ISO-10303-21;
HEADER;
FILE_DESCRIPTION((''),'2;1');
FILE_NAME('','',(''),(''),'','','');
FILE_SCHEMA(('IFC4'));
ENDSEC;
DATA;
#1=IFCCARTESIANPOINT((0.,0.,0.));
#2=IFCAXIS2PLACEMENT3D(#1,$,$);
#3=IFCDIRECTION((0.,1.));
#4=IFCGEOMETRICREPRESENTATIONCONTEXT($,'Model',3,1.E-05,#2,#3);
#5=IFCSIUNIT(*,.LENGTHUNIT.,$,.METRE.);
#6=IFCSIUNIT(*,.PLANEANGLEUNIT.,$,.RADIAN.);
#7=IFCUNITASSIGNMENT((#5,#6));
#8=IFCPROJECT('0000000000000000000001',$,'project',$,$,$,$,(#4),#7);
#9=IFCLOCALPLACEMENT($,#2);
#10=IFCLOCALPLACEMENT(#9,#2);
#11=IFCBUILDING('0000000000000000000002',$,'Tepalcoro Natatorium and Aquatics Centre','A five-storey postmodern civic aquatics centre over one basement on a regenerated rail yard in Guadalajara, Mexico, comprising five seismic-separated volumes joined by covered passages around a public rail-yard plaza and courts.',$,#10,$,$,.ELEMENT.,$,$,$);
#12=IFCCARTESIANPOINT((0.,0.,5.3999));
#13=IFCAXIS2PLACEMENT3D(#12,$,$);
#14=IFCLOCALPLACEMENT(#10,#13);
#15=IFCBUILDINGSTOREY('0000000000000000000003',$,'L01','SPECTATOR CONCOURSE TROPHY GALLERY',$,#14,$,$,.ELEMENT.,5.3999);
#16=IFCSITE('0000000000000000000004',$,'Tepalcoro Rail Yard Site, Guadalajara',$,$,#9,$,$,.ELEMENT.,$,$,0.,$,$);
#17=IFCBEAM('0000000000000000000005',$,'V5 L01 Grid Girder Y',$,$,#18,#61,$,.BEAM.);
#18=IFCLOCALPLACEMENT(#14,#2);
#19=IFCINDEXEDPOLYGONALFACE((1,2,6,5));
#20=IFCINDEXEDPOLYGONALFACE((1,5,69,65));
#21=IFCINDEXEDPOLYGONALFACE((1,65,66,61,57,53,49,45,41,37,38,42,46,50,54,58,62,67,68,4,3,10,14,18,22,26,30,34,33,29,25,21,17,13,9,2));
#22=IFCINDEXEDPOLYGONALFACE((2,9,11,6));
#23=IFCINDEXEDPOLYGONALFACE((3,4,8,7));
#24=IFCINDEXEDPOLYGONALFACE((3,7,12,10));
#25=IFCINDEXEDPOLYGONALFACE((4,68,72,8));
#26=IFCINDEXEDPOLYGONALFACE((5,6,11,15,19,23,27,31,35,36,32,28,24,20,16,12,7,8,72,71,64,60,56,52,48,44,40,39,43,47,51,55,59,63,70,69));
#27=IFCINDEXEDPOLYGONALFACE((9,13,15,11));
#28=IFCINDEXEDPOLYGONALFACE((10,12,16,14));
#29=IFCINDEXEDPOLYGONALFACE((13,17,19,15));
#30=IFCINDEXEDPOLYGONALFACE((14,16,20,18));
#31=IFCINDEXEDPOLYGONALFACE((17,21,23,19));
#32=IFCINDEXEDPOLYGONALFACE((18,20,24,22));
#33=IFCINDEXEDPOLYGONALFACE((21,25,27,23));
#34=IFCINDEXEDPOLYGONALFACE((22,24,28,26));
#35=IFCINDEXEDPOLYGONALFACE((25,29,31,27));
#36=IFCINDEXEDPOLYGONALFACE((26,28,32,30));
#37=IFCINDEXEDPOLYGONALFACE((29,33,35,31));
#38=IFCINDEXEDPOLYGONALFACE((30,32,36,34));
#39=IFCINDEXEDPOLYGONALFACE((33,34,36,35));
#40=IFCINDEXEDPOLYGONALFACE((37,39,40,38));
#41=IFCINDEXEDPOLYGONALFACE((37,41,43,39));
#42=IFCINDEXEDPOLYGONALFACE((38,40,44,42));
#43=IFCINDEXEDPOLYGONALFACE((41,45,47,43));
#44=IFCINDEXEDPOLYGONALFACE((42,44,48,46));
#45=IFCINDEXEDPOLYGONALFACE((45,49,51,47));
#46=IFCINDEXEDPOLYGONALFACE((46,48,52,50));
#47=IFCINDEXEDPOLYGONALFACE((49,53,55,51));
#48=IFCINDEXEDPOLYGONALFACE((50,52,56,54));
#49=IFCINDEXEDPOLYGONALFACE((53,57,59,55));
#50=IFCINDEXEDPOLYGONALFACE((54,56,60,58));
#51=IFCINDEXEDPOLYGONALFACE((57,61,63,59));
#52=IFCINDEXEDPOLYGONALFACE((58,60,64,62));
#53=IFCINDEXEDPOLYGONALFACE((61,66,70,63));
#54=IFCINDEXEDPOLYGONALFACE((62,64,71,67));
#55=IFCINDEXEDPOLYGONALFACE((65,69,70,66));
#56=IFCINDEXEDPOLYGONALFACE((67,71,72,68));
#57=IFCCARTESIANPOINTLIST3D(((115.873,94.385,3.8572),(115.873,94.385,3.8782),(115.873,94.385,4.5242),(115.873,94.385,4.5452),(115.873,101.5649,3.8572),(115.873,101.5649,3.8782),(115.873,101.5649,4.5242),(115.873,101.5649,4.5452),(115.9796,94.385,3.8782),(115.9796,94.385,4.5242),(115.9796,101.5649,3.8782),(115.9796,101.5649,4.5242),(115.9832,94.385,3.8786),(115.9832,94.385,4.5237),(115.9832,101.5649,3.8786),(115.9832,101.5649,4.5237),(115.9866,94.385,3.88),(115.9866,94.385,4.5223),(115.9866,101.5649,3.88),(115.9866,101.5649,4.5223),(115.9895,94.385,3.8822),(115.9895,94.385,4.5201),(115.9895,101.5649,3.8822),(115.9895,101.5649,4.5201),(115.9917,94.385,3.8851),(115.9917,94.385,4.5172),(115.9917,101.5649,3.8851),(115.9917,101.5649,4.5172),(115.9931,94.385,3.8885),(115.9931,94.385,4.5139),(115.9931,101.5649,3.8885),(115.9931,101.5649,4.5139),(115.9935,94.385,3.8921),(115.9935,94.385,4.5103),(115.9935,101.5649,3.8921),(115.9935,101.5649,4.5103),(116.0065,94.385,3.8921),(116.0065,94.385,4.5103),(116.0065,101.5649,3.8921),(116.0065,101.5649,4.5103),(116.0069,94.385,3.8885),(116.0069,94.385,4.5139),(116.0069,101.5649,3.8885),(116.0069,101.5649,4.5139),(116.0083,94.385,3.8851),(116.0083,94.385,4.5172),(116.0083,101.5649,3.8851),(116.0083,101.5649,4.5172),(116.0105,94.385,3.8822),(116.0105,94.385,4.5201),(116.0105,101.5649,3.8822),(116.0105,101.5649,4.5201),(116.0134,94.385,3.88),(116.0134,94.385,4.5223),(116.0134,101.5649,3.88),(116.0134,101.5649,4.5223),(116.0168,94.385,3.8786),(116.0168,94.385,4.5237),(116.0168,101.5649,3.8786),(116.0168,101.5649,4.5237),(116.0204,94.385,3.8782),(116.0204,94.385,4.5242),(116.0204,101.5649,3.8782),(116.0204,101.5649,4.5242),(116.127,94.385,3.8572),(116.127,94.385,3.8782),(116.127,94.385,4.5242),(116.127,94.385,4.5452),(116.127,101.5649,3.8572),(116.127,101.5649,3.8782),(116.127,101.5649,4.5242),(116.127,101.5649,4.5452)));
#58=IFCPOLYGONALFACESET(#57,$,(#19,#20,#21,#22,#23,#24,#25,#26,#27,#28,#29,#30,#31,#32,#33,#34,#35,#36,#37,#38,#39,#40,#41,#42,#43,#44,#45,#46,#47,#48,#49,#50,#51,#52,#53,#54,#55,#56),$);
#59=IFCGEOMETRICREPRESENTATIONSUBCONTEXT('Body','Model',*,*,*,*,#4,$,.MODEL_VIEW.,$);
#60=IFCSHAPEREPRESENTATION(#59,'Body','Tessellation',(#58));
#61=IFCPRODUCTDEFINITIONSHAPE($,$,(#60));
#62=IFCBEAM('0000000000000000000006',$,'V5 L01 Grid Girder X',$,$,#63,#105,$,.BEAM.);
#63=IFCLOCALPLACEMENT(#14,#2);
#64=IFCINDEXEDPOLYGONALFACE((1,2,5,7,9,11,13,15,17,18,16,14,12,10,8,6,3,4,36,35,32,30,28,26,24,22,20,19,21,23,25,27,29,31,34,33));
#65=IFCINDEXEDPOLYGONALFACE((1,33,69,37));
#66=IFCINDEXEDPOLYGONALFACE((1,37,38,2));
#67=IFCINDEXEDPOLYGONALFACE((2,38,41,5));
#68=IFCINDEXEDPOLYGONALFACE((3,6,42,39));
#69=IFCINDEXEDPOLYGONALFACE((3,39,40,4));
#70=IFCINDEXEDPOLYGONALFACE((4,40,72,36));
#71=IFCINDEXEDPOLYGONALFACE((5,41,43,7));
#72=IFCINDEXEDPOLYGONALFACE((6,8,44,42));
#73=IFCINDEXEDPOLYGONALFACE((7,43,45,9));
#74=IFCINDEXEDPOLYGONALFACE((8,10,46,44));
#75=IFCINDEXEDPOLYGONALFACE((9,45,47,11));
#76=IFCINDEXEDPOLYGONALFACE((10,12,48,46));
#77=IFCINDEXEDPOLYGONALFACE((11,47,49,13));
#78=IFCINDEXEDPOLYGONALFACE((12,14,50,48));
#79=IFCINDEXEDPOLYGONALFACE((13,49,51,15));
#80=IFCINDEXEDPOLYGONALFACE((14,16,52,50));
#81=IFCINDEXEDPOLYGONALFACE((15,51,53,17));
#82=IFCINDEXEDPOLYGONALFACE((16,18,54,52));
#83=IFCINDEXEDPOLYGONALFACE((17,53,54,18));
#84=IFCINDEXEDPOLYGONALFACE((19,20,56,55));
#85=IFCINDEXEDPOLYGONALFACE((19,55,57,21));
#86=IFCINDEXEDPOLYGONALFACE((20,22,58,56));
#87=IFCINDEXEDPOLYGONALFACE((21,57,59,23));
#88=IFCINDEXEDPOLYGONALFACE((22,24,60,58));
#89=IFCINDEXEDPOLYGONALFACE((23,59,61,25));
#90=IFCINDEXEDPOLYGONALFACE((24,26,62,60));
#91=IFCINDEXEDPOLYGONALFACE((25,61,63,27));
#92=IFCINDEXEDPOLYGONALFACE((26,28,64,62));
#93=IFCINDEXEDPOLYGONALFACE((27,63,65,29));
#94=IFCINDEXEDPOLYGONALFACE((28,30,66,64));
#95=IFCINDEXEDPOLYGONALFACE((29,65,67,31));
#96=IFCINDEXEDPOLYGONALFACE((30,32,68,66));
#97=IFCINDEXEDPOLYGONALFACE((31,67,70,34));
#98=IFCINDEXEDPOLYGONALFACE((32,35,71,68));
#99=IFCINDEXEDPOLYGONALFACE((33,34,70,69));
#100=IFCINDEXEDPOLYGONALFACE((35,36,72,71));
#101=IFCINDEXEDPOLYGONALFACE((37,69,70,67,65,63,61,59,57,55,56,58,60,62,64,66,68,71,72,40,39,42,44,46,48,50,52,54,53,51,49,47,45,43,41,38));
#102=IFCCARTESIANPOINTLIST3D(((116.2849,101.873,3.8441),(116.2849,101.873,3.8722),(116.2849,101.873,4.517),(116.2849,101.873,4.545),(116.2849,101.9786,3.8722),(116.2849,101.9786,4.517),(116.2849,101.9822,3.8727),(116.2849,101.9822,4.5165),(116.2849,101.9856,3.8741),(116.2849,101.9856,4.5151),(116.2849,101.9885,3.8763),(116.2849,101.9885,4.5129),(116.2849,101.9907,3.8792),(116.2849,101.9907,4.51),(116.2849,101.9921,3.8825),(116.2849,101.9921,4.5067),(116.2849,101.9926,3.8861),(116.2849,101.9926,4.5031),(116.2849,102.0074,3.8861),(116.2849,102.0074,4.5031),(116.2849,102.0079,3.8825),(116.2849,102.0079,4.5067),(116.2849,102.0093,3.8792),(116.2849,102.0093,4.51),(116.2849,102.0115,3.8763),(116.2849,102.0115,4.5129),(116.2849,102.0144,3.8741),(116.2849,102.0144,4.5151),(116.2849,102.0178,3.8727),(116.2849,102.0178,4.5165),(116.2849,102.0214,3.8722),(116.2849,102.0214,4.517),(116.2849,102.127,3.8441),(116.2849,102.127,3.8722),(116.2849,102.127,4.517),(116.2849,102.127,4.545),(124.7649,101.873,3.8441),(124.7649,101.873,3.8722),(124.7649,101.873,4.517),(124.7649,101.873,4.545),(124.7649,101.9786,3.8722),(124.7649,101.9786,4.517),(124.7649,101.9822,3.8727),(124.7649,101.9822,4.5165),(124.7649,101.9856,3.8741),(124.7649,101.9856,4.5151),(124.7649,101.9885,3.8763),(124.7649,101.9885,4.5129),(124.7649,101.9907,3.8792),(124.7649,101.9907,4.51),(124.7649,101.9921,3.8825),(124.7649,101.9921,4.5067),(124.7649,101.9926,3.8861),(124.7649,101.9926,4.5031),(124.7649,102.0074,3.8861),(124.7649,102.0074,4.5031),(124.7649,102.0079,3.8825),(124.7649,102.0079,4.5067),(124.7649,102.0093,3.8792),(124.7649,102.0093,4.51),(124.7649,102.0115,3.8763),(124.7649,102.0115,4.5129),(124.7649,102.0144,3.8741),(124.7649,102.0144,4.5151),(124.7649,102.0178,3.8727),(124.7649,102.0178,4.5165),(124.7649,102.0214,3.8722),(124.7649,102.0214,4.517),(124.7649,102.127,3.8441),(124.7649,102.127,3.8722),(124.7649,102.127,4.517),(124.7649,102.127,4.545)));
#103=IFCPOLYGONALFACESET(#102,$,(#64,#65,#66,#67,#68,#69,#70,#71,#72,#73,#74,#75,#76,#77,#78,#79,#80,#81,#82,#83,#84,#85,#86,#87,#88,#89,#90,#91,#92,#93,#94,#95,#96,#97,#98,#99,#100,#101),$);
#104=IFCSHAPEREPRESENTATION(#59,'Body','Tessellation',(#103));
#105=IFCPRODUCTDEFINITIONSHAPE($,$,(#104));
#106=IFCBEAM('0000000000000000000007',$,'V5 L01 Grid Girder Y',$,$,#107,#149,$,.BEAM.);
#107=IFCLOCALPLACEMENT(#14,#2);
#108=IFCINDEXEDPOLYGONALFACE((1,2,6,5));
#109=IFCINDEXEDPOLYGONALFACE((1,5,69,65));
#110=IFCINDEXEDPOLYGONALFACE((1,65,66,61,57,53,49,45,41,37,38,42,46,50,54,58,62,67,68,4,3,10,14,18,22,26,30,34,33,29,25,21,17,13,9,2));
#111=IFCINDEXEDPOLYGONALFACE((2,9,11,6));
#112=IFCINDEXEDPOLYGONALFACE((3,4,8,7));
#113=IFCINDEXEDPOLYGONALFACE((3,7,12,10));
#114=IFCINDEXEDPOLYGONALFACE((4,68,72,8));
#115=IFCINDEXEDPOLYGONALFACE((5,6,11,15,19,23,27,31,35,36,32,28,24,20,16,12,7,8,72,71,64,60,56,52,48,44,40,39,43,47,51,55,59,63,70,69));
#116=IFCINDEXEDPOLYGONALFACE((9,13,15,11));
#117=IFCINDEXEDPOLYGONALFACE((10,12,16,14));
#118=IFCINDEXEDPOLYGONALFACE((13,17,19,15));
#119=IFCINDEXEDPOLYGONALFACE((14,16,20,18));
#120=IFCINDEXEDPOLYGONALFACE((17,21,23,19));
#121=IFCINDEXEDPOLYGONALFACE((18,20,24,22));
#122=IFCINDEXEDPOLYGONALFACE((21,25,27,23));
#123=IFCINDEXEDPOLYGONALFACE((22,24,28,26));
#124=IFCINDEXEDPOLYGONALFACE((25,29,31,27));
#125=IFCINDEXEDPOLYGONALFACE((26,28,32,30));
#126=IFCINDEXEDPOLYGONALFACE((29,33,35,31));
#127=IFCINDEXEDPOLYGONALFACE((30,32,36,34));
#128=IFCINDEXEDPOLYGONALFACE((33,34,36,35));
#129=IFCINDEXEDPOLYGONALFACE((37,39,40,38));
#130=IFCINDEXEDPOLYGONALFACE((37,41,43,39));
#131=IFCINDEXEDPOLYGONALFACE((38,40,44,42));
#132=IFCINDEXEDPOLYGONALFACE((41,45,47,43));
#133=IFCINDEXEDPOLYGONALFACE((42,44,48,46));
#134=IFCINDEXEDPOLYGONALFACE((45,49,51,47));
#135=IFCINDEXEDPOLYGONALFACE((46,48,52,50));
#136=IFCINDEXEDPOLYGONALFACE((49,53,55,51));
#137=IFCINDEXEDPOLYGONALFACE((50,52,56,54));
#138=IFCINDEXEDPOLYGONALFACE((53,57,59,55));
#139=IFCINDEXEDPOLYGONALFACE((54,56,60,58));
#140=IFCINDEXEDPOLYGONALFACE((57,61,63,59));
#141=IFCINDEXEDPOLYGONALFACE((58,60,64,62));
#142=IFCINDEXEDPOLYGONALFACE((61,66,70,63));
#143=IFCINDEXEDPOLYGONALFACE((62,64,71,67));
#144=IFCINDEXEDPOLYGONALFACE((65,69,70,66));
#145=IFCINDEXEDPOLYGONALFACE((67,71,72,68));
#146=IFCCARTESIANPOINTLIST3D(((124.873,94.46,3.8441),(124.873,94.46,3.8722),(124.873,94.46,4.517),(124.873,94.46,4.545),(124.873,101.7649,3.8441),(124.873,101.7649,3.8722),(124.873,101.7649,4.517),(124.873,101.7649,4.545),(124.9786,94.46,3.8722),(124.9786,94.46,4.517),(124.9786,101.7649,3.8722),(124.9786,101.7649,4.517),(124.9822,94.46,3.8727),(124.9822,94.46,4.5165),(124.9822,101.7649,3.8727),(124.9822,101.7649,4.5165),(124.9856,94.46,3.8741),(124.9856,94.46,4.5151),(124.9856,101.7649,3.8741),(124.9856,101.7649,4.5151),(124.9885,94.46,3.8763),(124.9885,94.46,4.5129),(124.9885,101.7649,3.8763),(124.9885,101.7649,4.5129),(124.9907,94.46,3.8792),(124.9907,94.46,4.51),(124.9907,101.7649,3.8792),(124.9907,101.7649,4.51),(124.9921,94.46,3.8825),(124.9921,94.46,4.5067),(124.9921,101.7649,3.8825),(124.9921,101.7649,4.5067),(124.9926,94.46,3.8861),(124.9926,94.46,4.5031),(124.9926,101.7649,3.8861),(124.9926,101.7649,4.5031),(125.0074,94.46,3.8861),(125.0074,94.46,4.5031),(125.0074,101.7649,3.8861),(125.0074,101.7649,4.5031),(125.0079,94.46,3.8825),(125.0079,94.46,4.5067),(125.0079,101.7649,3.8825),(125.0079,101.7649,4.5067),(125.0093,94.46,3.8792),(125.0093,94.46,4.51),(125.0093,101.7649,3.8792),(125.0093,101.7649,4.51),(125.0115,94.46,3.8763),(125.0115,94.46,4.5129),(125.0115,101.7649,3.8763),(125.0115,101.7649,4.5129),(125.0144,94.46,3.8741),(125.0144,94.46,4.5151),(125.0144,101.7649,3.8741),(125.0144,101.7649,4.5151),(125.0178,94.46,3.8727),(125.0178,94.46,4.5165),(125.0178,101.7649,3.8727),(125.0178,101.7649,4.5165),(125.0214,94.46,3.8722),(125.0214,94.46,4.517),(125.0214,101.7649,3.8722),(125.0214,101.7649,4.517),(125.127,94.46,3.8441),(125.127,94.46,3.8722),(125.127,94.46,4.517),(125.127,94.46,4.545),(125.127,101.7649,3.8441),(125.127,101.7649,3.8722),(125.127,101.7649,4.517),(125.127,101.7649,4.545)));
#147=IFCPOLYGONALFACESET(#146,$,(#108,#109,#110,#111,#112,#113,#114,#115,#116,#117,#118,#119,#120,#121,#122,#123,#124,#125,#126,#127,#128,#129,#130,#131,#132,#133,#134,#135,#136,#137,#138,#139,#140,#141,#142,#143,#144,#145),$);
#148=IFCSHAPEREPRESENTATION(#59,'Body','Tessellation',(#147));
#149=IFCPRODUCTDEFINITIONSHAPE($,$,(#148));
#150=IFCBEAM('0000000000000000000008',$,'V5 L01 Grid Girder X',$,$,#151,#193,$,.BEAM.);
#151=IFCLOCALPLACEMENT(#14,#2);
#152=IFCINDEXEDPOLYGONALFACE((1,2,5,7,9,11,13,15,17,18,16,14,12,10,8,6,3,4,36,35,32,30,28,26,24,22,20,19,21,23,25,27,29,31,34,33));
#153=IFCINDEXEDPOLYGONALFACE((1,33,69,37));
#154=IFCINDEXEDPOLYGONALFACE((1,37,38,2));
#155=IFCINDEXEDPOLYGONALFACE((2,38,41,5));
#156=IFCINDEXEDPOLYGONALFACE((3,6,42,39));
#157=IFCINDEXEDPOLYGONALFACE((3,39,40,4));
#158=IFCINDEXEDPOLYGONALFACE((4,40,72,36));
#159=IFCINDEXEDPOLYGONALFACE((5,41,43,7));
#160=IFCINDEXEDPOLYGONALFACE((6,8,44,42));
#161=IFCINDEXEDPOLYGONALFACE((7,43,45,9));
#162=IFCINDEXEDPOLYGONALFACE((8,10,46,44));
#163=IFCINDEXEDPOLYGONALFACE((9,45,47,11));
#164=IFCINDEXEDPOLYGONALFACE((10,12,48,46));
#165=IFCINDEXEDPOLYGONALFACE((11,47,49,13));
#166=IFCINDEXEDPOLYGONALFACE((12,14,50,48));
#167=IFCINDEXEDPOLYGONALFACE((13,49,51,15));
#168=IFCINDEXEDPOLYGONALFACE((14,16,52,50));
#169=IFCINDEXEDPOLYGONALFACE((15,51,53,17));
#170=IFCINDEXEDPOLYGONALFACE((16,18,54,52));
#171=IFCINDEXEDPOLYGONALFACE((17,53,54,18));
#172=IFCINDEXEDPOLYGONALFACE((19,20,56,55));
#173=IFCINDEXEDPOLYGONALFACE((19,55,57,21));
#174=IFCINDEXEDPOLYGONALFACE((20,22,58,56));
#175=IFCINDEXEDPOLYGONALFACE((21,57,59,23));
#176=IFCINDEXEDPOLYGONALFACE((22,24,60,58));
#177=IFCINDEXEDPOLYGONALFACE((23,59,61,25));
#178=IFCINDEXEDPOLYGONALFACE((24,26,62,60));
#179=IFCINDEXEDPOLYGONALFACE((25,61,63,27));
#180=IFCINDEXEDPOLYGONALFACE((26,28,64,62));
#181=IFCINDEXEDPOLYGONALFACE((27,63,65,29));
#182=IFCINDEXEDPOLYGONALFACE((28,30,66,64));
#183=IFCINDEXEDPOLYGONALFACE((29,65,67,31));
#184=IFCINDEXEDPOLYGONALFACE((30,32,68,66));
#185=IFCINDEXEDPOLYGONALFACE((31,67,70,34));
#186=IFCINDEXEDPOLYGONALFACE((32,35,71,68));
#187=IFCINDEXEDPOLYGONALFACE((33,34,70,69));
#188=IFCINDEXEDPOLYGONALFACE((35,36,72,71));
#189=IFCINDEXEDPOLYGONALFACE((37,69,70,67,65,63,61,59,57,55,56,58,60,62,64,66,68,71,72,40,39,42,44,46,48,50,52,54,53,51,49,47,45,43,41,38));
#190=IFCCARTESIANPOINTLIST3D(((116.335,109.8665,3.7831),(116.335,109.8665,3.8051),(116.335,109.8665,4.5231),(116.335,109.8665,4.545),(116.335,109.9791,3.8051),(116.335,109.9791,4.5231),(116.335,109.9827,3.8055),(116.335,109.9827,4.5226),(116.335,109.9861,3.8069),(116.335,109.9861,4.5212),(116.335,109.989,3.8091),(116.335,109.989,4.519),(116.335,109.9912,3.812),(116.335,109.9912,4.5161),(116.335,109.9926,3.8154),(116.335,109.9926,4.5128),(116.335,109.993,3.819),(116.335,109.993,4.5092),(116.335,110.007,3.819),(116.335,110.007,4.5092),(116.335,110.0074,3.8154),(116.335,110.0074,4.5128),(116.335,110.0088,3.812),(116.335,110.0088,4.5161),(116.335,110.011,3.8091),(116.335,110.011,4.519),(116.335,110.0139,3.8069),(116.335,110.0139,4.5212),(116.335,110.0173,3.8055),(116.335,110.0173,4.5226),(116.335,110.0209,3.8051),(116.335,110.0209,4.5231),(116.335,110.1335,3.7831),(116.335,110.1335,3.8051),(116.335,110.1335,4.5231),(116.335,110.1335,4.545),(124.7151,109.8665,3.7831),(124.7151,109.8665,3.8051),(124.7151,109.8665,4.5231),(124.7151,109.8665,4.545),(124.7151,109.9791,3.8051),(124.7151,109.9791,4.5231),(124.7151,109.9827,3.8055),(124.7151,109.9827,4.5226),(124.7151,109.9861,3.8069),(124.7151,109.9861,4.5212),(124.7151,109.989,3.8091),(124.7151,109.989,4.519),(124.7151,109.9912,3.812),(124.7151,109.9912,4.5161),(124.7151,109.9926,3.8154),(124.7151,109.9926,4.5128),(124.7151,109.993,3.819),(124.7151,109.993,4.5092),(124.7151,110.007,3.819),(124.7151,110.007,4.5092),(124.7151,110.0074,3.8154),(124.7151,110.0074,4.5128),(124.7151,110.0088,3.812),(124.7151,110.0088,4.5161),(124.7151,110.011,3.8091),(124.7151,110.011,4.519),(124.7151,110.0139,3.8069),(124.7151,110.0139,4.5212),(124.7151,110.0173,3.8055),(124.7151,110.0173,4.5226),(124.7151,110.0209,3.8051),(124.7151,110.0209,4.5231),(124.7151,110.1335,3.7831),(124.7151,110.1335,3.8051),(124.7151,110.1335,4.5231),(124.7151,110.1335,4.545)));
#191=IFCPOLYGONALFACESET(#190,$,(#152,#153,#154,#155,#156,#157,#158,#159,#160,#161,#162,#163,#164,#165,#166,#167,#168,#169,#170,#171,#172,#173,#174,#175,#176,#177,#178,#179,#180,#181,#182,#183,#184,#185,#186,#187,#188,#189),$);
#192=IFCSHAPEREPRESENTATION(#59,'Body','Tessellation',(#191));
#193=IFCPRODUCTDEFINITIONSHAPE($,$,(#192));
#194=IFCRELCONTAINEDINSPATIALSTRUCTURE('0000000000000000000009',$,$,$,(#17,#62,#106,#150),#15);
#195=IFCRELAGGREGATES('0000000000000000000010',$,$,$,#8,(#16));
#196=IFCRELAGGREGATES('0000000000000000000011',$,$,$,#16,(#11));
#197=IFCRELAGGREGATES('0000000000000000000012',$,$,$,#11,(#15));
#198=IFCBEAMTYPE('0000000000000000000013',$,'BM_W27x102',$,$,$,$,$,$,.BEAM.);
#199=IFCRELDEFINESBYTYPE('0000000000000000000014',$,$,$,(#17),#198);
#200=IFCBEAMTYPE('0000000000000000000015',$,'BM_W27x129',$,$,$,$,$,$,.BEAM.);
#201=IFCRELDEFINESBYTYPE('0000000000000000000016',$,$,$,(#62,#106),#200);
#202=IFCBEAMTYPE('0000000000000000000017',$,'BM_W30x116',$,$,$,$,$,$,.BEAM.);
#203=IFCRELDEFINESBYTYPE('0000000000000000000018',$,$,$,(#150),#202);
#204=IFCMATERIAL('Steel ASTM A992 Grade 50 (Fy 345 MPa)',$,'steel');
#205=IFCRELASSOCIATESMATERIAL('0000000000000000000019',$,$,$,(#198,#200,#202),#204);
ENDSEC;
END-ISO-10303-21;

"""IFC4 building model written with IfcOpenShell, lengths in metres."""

from ifc_helpers import new_model, si_unit, direction, frame, origin, origin_2d, place, context, subcontext, project, spatial, i_section, extrude, material, material_profile, profile_set, type_object, element, save


model = new_model("IFC4")

# Units and contexts
model_context = context("Model", 3, precision=1e-05, world=origin(), true_north=direction((0.0, 1.0)))
body_context = subcontext(model_context, "Body", "Model", "MODEL_VIEW")
ifc_project = project(units=[si_unit("LENGTHUNIT", "METRE"), si_unit("PLANEANGLEUNIT", "RADIAN")], contexts=[model_context])

# Site, building, storey
site_placement = place(None, origin())
site = spatial("IfcSite", under=ifc_project, at=site_placement, Name="Tepalcoro Rail Yard Site, Guadalajara", CompositionType="ELEMENT", RefElevation=0.0)
building_placement = place(site_placement, origin())
building = spatial("IfcBuilding", under=site, at=building_placement, Name="Tepalcoro Natatorium and Aquatics Centre", Description="A five-storey postmodern civic aquatics centre over one basement on a regenerated rail yard in Guadalajara, Mexico, comprising five seismic-separated volumes joined by covered passages around a public rail-yard plaza and courts.", CompositionType="ELEMENT")
storey_placement = place(building_placement, frame((0.0, 0.0, 5.3999)))
storey = spatial("IfcBuildingStorey", under=building, at=storey_placement, Name="L01", Description="SPECTATOR CONCOURSE TROPHY GALLERY", CompositionType="ELEMENT", Elevation=5.3999)

# Beams
ifc_material_1 = material(Name="Steel ASTM A992 Grade 50 (Fy 345 MPa)", Category="steel")
ifc_material_profile_1 = material_profile(ifc_material_1, i_section(OverallWidth=0.2539, OverallDepth=0.688, WebThickness=0.0129, FlangeThickness=0.021, FilletRadius=0.0139, at=origin_2d()), Name="W27X102")
ifc_profile_set_1 = profile_set([ifc_material_profile_1], Name="Steel ASTM A992 Grade 50 (Fy 345 MPa)")
beam_type_1 = type_object("IfcBeamType", Name="BM_W27x102", PredefinedType="BEAM", material=ifc_profile_set_1)
beam_1_placement = place(storey_placement, frame((116.0, 94.385, 4.2012), z_axis=(0.0, 1.0, 0.0), x_axis=(-1.0, 0.0, 0.0)))
element("IfcBeam", 1, at=beam_1_placement, inside=storey, type_object=beam_type_1, Name="V5 L01 Grid Girder Y", PredefinedType="BEAM", context=body_context, shape_type="SweptSolid", body=[
    extrude(i_section(OverallWidth=0.2539, OverallDepth=0.688, WebThickness=0.0129, FlangeThickness=0.021, FilletRadius=0.0139, at=origin_2d()), origin(), (0.0, 0.0, 1.0), 7.1799),
])
ifc_material_profile_2 = material_profile(ifc_material_1, i_section(OverallWidth=0.2539, OverallDepth=0.7009, WebThickness=0.0149, FlangeThickness=0.0281, FilletRadius=0.0139, at=origin_2d()), Name="W27X129")
ifc_profile_set_2 = profile_set([ifc_material_profile_2], Name="Steel ASTM A992 Grade 50 (Fy 345 MPa)")
beam_type_2 = type_object("IfcBeamType", Name="BM_W27x129", PredefinedType="BEAM", material=ifc_profile_set_2)
beam_2_placement = place(storey_placement, frame((116.2849, 102.0, 4.1946), z_axis=(1.0, 0.0, 0.0), x_axis=(0.0, 1.0, 0.0)))
element("IfcBeam", 2, at=beam_2_placement, inside=storey, type_object=beam_type_2, Name="V5 L01 Grid Girder X", PredefinedType="BEAM", context=body_context, shape_type="SweptSolid", body=[
    extrude(i_section(OverallWidth=0.2539, OverallDepth=0.7009, WebThickness=0.0149, FlangeThickness=0.0281, FilletRadius=0.0139, at=origin_2d()), origin(), (0.0, 0.0, 1.0), 8.48),
])
beam_3_placement = place(storey_placement, frame((125.0, 94.46, 4.1946), z_axis=(0.0, 1.0, 0.0), x_axis=(-1.0, 0.0, 0.0)))
element("IfcBeam", 3, at=beam_3_placement, inside=storey, type_object=beam_type_2, Name="V5 L01 Grid Girder Y", PredefinedType="BEAM", context=body_context, shape_type="SweptSolid", body=[
    extrude(i_section(OverallWidth=0.2539, OverallDepth=0.7009, WebThickness=0.0149, FlangeThickness=0.0281, FilletRadius=0.0139, at=origin_2d()), origin(), (0.0, 0.0, 1.0), 7.3049),
])
ifc_material_profile_3 = material_profile(ifc_material_1, i_section(OverallWidth=0.2671, OverallDepth=0.762, WebThickness=0.0139, FlangeThickness=0.022, FilletRadius=0.0139, at=origin_2d()), Name="W30X116")
ifc_profile_set_3 = profile_set([ifc_material_profile_3], Name="Steel ASTM A992 Grade 50 (Fy 345 MPa)")
beam_type_3 = type_object("IfcBeamType", Name="BM_W30x116", PredefinedType="BEAM", material=ifc_profile_set_3)
beam_4_placement = place(storey_placement, frame((116.335, 110.0, 4.1641), z_axis=(1.0, 0.0, 0.0), x_axis=(0.0, 1.0, 0.0)))
element("IfcBeam", 4, at=beam_4_placement, inside=storey, type_object=beam_type_3, Name="V5 L01 Grid Girder X", PredefinedType="BEAM", context=body_context, shape_type="SweptSolid", body=[
    extrude(i_section(OverallWidth=0.2671, OverallDepth=0.762, WebThickness=0.0139, FlangeThickness=0.022, FilletRadius=0.0139, at=origin_2d()), origin(), (0.0, 0.0, 1.0), 8.3801),
])

save(model, "model.ifc")
